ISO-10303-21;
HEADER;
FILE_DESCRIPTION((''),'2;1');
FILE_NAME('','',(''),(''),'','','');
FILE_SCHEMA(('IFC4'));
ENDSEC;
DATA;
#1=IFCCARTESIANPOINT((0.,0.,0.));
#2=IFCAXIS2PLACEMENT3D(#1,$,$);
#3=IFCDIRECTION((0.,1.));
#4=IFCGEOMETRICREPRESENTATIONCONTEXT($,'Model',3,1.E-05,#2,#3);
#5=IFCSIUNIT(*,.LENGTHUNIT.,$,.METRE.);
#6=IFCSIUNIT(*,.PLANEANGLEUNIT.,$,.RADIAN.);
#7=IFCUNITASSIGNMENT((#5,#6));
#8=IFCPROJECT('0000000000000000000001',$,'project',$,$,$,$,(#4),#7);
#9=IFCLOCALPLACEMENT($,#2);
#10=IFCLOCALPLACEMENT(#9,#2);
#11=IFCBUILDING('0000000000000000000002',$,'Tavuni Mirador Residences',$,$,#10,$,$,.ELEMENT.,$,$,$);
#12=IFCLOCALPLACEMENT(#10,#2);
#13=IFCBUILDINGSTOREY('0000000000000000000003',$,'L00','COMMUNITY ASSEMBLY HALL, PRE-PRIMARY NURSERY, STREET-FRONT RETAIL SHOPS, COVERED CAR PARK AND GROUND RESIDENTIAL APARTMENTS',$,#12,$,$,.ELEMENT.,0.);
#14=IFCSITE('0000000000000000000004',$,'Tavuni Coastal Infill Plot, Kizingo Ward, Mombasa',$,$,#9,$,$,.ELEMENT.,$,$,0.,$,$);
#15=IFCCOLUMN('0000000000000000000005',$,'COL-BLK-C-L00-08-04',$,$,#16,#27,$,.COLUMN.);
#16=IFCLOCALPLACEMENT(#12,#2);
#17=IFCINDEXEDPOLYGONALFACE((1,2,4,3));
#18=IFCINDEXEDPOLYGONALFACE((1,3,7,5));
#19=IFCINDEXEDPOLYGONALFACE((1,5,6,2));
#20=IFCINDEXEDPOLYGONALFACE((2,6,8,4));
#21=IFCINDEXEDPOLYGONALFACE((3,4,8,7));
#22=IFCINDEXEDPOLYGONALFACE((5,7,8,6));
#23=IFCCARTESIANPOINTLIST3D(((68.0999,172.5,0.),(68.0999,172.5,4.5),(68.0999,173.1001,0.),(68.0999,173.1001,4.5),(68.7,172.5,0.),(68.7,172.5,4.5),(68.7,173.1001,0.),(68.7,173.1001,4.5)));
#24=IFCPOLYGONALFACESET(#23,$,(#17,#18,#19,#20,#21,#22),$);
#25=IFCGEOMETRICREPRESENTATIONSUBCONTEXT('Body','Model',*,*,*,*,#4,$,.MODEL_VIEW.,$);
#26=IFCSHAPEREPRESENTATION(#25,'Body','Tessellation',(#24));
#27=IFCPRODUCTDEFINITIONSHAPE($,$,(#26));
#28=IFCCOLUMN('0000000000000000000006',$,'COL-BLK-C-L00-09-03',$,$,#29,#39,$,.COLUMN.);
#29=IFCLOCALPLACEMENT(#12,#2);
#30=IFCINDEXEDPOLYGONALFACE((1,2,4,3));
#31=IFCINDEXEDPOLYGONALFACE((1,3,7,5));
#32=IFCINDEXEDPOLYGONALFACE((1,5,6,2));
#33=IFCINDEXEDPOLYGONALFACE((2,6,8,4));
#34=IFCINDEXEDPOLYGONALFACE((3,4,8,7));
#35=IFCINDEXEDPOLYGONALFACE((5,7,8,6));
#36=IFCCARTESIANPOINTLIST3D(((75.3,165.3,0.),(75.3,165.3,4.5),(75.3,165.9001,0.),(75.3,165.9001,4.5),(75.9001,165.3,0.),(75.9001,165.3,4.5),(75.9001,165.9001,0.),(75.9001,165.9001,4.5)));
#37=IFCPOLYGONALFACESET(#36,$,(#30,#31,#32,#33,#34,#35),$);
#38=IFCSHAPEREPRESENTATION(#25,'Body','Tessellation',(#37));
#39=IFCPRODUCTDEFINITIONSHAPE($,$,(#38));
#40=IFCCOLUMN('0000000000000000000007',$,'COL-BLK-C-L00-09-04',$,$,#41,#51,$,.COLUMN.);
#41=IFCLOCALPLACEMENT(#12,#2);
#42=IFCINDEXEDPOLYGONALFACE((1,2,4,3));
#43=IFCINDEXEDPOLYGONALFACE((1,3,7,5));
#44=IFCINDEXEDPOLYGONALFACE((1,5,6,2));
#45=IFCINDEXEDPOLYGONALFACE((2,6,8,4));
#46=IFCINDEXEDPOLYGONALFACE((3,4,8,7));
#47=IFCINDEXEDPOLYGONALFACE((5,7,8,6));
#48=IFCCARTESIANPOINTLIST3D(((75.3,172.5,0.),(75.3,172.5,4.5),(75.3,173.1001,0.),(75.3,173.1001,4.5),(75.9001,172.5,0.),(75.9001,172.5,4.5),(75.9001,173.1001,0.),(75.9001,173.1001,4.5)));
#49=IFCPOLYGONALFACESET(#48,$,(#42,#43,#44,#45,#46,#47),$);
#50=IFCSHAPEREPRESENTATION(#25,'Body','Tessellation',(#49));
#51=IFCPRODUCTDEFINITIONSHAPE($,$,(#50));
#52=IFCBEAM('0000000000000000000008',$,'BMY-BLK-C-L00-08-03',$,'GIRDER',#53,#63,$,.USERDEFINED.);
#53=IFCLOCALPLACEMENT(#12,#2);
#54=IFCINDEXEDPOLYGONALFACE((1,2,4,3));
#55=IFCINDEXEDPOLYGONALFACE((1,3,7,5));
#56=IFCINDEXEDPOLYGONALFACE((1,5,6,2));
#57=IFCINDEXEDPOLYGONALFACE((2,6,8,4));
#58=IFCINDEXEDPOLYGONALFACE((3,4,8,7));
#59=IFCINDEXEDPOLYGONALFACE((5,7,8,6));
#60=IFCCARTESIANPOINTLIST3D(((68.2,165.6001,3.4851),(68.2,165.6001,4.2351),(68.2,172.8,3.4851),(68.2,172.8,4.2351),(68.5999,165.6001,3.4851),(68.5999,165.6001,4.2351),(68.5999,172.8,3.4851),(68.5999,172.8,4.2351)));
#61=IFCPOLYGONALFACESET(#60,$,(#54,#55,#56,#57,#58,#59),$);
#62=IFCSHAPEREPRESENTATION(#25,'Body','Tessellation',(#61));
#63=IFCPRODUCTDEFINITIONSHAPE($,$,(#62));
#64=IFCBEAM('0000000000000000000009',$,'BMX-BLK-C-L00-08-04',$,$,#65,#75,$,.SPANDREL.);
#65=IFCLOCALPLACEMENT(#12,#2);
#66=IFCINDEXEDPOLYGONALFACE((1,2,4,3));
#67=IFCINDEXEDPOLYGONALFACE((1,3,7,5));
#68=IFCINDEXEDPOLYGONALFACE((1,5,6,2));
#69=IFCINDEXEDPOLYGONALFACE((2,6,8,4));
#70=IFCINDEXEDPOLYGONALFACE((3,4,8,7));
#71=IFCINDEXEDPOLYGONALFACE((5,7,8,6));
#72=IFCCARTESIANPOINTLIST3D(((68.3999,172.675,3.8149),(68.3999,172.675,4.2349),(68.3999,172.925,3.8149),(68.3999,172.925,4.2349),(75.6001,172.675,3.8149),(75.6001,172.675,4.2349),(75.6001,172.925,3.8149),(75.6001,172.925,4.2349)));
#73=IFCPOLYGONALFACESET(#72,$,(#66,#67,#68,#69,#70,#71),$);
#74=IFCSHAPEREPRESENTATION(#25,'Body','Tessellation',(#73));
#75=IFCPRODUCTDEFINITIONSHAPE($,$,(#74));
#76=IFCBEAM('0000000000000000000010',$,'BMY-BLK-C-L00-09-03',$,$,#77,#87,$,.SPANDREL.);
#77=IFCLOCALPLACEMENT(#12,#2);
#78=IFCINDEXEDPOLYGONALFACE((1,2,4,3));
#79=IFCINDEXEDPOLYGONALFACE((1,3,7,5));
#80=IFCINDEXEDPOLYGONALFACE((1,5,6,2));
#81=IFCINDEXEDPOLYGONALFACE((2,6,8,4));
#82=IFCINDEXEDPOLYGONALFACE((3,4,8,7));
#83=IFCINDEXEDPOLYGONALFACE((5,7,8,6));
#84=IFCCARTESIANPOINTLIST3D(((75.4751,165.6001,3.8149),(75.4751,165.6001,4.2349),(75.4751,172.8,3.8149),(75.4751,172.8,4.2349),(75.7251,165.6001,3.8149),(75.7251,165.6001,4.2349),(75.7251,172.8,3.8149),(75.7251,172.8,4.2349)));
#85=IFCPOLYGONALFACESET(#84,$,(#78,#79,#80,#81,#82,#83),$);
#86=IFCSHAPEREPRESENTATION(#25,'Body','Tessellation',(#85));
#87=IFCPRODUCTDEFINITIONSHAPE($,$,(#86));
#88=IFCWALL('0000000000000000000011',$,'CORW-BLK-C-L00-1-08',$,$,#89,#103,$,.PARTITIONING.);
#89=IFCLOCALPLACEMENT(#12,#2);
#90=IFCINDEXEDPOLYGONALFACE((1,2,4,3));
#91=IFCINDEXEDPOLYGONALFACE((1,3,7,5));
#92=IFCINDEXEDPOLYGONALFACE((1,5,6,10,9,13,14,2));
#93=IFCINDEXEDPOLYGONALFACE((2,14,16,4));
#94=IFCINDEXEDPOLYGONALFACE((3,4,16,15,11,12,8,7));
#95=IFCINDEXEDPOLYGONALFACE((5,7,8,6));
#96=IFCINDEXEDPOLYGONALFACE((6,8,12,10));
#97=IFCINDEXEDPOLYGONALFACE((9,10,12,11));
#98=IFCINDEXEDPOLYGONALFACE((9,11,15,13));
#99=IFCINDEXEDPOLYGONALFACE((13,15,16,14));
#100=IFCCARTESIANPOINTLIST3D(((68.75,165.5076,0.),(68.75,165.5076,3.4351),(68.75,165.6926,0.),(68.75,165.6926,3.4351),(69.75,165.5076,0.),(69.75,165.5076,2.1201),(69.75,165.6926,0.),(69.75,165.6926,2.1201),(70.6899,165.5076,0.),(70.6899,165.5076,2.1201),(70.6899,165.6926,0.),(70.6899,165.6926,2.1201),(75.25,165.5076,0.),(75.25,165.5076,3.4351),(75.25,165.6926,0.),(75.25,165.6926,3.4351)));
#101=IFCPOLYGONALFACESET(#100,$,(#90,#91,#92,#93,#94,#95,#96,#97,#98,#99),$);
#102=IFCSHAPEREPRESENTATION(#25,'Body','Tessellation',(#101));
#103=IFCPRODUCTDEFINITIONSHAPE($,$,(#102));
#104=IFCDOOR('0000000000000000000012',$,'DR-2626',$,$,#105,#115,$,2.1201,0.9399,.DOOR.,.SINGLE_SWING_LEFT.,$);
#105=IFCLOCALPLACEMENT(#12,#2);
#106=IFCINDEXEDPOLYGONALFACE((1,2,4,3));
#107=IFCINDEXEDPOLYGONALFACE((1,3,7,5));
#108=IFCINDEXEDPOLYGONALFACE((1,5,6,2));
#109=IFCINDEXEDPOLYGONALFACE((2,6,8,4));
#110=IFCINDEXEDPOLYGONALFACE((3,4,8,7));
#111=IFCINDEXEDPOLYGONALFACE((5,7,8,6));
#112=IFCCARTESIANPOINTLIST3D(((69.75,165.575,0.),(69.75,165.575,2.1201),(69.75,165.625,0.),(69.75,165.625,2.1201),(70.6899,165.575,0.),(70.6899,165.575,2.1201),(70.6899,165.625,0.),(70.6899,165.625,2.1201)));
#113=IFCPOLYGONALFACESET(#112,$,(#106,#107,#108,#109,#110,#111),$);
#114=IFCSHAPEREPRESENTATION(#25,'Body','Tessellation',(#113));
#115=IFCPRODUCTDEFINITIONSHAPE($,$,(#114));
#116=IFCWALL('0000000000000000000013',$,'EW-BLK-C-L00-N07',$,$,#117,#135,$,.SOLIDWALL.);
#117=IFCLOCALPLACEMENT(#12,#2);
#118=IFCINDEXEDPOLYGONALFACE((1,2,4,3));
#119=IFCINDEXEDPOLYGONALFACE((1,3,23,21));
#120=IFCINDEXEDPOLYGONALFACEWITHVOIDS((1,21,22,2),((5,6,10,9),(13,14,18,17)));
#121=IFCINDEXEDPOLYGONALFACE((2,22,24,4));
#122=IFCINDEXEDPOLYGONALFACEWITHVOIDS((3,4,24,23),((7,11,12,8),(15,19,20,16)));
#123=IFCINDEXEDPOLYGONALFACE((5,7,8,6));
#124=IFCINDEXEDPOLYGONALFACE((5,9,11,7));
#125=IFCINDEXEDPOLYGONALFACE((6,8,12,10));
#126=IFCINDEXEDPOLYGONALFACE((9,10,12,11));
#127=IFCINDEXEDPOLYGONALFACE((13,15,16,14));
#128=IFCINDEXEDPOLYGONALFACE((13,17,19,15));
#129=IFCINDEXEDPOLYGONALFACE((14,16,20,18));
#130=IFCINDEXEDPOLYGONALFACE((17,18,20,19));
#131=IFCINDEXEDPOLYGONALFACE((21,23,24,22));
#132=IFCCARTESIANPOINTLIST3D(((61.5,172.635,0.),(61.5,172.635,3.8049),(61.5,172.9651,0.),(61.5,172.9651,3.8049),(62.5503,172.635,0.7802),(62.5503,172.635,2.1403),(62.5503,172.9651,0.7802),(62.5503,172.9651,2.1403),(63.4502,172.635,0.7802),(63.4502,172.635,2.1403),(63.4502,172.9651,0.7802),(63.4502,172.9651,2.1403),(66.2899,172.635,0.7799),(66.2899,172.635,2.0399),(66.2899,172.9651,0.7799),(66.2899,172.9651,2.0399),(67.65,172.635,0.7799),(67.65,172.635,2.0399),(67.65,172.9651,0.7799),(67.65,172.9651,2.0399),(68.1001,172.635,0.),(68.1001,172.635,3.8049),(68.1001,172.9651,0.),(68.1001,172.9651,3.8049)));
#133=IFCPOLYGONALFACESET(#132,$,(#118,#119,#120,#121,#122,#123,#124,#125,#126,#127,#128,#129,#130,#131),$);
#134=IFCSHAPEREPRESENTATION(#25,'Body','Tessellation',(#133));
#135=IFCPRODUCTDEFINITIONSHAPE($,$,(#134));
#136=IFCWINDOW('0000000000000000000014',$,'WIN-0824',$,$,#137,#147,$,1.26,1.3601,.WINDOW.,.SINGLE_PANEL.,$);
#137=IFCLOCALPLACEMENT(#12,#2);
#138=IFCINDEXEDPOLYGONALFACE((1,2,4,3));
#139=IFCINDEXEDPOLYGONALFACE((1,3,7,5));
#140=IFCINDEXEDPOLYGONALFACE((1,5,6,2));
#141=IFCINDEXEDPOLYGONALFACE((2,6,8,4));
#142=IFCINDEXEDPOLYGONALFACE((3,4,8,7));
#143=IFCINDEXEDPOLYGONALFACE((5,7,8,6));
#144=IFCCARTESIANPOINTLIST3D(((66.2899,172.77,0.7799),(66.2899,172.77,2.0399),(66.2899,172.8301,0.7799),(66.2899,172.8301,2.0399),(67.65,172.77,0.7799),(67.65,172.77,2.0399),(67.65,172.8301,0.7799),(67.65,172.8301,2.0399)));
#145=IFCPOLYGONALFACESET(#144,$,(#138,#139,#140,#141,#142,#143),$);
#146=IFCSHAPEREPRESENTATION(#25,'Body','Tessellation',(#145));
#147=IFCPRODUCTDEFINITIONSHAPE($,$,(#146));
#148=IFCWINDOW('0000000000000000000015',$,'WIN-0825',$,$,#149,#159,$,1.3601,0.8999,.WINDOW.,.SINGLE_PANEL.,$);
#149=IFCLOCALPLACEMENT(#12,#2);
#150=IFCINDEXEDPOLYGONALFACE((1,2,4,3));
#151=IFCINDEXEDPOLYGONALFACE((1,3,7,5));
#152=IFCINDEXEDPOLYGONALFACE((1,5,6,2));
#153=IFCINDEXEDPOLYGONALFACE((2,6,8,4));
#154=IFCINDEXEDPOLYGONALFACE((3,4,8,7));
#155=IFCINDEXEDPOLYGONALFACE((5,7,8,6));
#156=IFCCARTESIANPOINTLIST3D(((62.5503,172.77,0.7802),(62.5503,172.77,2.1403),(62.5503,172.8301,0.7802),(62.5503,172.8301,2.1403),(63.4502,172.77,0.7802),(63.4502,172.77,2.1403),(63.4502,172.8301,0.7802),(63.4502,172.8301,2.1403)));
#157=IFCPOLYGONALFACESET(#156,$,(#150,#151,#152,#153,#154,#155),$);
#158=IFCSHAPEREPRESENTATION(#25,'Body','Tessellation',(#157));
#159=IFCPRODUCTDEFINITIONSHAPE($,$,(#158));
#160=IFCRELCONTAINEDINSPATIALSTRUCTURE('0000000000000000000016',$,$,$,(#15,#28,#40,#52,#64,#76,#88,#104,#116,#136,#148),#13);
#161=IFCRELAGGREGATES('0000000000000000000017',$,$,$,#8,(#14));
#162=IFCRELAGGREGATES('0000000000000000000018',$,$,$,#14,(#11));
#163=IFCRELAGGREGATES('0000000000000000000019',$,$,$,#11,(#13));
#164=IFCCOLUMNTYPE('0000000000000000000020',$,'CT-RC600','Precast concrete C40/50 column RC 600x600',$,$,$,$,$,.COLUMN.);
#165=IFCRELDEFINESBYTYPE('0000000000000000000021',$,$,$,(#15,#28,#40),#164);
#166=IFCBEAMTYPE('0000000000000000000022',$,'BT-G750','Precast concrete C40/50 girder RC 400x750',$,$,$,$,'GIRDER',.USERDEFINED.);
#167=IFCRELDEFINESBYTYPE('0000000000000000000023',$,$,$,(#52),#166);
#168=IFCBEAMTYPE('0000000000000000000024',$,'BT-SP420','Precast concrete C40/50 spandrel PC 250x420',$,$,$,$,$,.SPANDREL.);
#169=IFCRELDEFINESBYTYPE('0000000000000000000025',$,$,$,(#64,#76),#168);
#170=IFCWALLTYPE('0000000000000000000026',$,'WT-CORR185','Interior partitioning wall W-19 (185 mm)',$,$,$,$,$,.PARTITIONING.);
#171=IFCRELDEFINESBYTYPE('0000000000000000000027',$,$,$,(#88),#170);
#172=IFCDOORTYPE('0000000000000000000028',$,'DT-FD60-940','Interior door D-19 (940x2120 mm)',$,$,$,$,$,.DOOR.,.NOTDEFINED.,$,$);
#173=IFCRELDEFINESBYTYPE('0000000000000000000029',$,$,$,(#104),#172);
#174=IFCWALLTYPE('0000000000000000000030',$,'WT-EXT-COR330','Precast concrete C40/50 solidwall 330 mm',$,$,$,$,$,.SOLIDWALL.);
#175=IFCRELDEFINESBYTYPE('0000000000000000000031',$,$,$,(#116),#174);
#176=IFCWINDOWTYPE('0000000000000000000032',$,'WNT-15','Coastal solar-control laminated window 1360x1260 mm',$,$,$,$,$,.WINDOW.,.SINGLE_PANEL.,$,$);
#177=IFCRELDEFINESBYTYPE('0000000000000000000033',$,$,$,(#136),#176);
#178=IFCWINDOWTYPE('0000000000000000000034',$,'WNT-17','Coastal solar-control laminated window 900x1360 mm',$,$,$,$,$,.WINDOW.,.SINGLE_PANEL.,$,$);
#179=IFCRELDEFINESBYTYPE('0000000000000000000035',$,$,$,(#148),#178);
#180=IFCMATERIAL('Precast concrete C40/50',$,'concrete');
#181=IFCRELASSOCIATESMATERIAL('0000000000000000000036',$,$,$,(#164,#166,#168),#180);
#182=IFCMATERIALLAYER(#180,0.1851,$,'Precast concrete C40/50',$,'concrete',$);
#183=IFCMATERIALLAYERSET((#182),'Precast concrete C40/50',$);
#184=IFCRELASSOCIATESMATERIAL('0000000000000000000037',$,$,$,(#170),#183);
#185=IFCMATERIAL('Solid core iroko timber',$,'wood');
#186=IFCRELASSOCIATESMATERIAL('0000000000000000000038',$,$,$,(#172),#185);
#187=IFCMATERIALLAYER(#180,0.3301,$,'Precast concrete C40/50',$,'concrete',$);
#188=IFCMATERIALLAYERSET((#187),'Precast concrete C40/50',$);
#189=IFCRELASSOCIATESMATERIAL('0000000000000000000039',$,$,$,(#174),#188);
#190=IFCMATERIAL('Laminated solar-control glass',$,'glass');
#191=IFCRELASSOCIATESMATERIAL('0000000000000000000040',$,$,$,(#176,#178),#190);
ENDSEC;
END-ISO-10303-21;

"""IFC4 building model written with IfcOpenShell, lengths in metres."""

from ifc_helpers import new_model, si_unit, direction, frame, frame_2d, origin, origin_2d, place, context, subcontext, project, spatial, rectangle, extrude, material, layer, layer_set, material_profile, profile_set, type_object, element, fill, save


model = new_model("IFC4")

# Units and contexts
model_context = context("Model", 3, precision=1e-05, world=origin(), true_north=direction((0.0, 1.0)))
body_context = subcontext(model_context, "Body", "Model", "MODEL_VIEW")
ifc_project = project(units=[si_unit("LENGTHUNIT", "METRE"), si_unit("PLANEANGLEUNIT", "RADIAN")], contexts=[model_context])

# Site, building, storey
site_placement = place(None, origin())
site = spatial("IfcSite", under=ifc_project, at=site_placement, Name="Tavuni Coastal Infill Plot, Kizingo Ward, Mombasa", CompositionType="ELEMENT", RefElevation=0.0)
building_placement = place(site_placement, origin())
building = spatial("IfcBuilding", under=site, at=building_placement, Name="Tavuni Mirador Residences", CompositionType="ELEMENT")
storey_placement = place(building_placement, origin())
storey = spatial("IfcBuildingStorey", under=building, at=storey_placement, Name="L00", Description="COMMUNITY ASSEMBLY HALL, PRE-PRIMARY NURSERY, STREET-FRONT RETAIL SHOPS, COVERED CAR PARK AND GROUND RESIDENTIAL APARTMENTS", CompositionType="ELEMENT", Elevation=0.0)

# Columns
ifc_material_1 = material(Name="Precast concrete C40/50", Category="concrete")
ifc_material_profile_1 = material_profile(ifc_material_1, rectangle(XDim=0.6001, YDim=0.6001, at=origin_2d()), Name="RC 600x600", Category="concrete")
ifc_profile_set_1 = profile_set([ifc_material_profile_1], Name="Precast concrete C40/50")
column_type = type_object("IfcColumnType", Name="CT-RC600", Description="Precast concrete C40/50 column RC 600x600", PredefinedType="COLUMN", material=ifc_profile_set_1)
for number, where, z_axis, x_axis, name in (
    (1, (68.3999, 172.8, 0.0), (0.0, 0.0, 1.0), (1.0, 0.0, 0.0), "COL-BLK-C-L00-08-04"),
    (2, (75.6001, 165.6001, 0.0), (0.0, 0.0, 1.0), (1.0, 0.0, 0.0), "COL-BLK-C-L00-09-03"),
    (3, (75.6001, 172.8, 0.0), (0.0, 0.0, 1.0), (1.0, 0.0, 0.0), "COL-BLK-C-L00-09-04"),
):
    element("IfcColumn", number, at=place(storey_placement, frame(where, z_axis=z_axis, x_axis=x_axis)), inside=storey, type_object=column_type, Name=name, PredefinedType="COLUMN", context=body_context, shape_type="SweptSolid", body=[
        extrude(rectangle(XDim=0.6001, YDim=0.6001, at=origin_2d()), origin(), (0.0, 0.0, 1.0), 4.5),
    ])

# Beams
ifc_material_profile_2 = material_profile(ifc_material_1, rectangle(XDim=0.3999, YDim=0.75, at=origin_2d()), Name="RC 400x750", Category="concrete")
ifc_profile_set_2 = profile_set([ifc_material_profile_2], Name="Precast concrete C40/50")
beam_type_1 = type_object("IfcBeamType", Name="BT-G750", Description="Precast concrete C40/50 girder RC 400x750", ElementType="GIRDER", PredefinedType="USERDEFINED", material=ifc_profile_set_2)
beam_1_placement = place(storey_placement, frame((68.3999, 165.6001, 3.8601), z_axis=(0.0, 1.0, 0.0), x_axis=(-1.0, 0.0, 0.0)))
element("IfcBeam", 4, at=beam_1_placement, inside=storey, type_object=beam_type_1, Name="BMY-BLK-C-L00-08-03", ObjectType="GIRDER", PredefinedType="USERDEFINED", context=body_context, shape_type="SweptSolid", body=[
    extrude(rectangle(XDim=0.3999, YDim=0.75, at=origin_2d()), origin(), (0.0, 0.0, 1.0), 7.2),
])
ifc_material_profile_3 = material_profile(ifc_material_1, rectangle(XDim=0.25, YDim=0.4199, at=origin_2d()), Name="PC 250x420", Category="concrete")
ifc_profile_set_3 = profile_set([ifc_material_profile_3], Name="Precast concrete C40/50")
beam_type_2 = type_object("IfcBeamType", Name="BT-SP420", Description="Precast concrete C40/50 spandrel PC 250x420", PredefinedType="SPANDREL", material=ifc_profile_set_3)
beam_2_placement = place(storey_placement, frame((68.3999, 172.8, 4.0249), z_axis=(1.0, 0.0, 0.0), x_axis=(0.0, 1.0, 0.0)))
element("IfcBeam", 5, at=beam_2_placement, inside=storey, type_object=beam_type_2, Name="BMX-BLK-C-L00-08-04", PredefinedType="SPANDREL", context=body_context, shape_type="SweptSolid", body=[
    extrude(rectangle(XDim=0.25, YDim=0.4199, at=origin_2d()), origin(), (0.0, 0.0, 1.0), 7.2002),
])
beam_3_placement = place(storey_placement, frame((75.6001, 165.6001, 4.0249), z_axis=(0.0, 1.0, 0.0), x_axis=(-1.0, 0.0, 0.0)))
element("IfcBeam", 6, at=beam_3_placement, inside=storey, type_object=beam_type_2, Name="BMY-BLK-C-L00-09-03", PredefinedType="SPANDREL", context=body_context, shape_type="SweptSolid", body=[
    extrude(rectangle(XDim=0.25, YDim=0.4199, at=origin_2d()), origin(), (0.0, 0.0, 1.0), 7.2),
])

# Wall, opening, door
ifc_layer_1 = layer(ifc_material_1, 0.1851, Name="Precast concrete C40/50", Category="concrete")
ifc_layer_set_1 = layer_set([ifc_layer_1], Name="Precast concrete C40/50")
wall_type_1 = type_object("IfcWallType", Name="WT-CORR185", Description="Interior partitioning wall W-19 (185 mm)", PredefinedType="PARTITIONING", material=ifc_layer_set_1)
wall_1_placement = place(storey_placement, frame((68.75, 165.6001, 0.0), z_axis=(0.0, 0.0, 1.0), x_axis=(1.0, 0.0, 0.0)))
wall_1 = element("IfcWall", 7, at=wall_1_placement, inside=storey, type_object=wall_type_1, Name="CORW-BLK-C-L00-1-08", PredefinedType="PARTITIONING", context=body_context, shape_type="SweptSolid", body=[
    extrude(rectangle(XDim=6.5, YDim=0.1851, at=frame_2d((3.25, 0.0))), origin(), (0.0, 0.0, 1.0), 3.4351),
])
opening_1_placement = place(wall_1_placement, frame((1.0, 0.0, 0.0)))
opening_1 = element("IfcOpeningElement", 8, at=opening_1_placement, cuts=wall_1, PredefinedType="OPENING", context=body_context, shape_type="SweptSolid", body=[
    extrude(rectangle(XDim=0.9399, YDim=2.1201, at=frame_2d((0.47, 1.0601))), frame((0.0, 0.1025, 0.0), z_axis=(0.0, -1.0, 0.0), x_axis=(1.0, 0.0, 0.0)), (0.0, 0.0, 1.0), 0.2051),
])
ifc_material_2 = material(Name="Solid core iroko timber", Category="wood")
door_type_1 = type_object("IfcDoorType", Name="DT-FD60-940", Description="Interior door D-19 (940x2120 mm)", OperationType="NOTDEFINED", PredefinedType="DOOR", material=ifc_material_2)
door_1_placement = place(opening_1_placement, origin())
door_1 = element("IfcDoor", 9, at=door_1_placement, inside=storey, type_object=door_type_1, Name="DR-2626", OperationType="SINGLE_SWING_LEFT", OverallHeight=2.1201, OverallWidth=0.9399, PredefinedType="DOOR", context=body_context, shape_type="SweptSolid", body=[
    extrude(rectangle(XDim=0.9399, YDim=2.1201, at=frame_2d((0.47, 1.0601))), frame((0.0, 0.0249, 0.0), z_axis=(0.0, -1.0, 0.0), x_axis=(1.0, 0.0, 0.0)), (0.0, 0.0, 1.0), 0.05),
])
fill(opening_1, door_1)

# Wall, openings, windows
ifc_layer_2 = layer(ifc_material_1, 0.3301, Name="Precast concrete C40/50", Category="concrete")
ifc_layer_set_2 = layer_set([ifc_layer_2], Name="Precast concrete C40/50")
wall_type_2 = type_object("IfcWallType", Name="WT-EXT-COR330", Description="Precast concrete C40/50 solidwall 330 mm", PredefinedType="SOLIDWALL", material=ifc_layer_set_2)
wall_2_placement = place(storey_placement, frame((68.1001, 172.8, 0.0), z_axis=(0.0, 0.0, 1.0), x_axis=(-1.0, 0.0, 0.0)))
wall_2 = element("IfcWall", 10, at=wall_2_placement, inside=storey, type_object=wall_type_2, Name="EW-BLK-C-L00-N07", PredefinedType="SOLIDWALL", context=body_context, shape_type="SweptSolid", body=[
    extrude(rectangle(XDim=6.6001, YDim=0.3301, at=frame_2d((3.3, 0.0))), origin(), (0.0, 0.0, 1.0), 3.8049),
])
opening_2_placement = place(wall_2_placement, frame((0.45, 0.0, 0.78)))
opening_2 = element("IfcOpeningElement", 11, at=opening_2_placement, cuts=wall_2, PredefinedType="OPENING", context=body_context, shape_type="SweptSolid", body=[
    extrude(rectangle(XDim=1.3601, YDim=1.26, at=frame_2d((0.6802, 0.6299))), frame((0.0, 0.175, 0.0), z_axis=(0.0, -1.0, 0.0), x_axis=(1.0, 0.0, 0.0)), (0.0, 0.0, 1.0), 0.3501),
])
opening_3_placement = place(wall_2_placement, frame((4.6499, 0.0, 0.78)))
opening_3 = element("IfcOpeningElement", 12, at=opening_3_placement, cuts=wall_2, PredefinedType="OPENING", context=body_context, shape_type="SweptSolid", body=[
    extrude(rectangle(XDim=0.8999, YDim=1.3601, at=frame_2d((0.45, 0.6802))), frame((0.0, 0.175, 0.0), z_axis=(0.0, -1.0, 0.0), x_axis=(1.0, 0.0, 0.0)), (0.0, 0.0, 1.0), 0.3501),
])
ifc_material_3 = material(Name="Laminated solar-control glass", Category="glass")
window_type_1 = type_object("IfcWindowType", Name="WNT-15", Description="Coastal solar-control laminated window 1360x1260 mm", PartitioningType="SINGLE_PANEL", PredefinedType="WINDOW", material=ifc_material_3)
window_1_placement = place(opening_2_placement, origin())
window_1 = element("IfcWindow", 13, at=window_1_placement, inside=storey, type_object=window_type_1, Name="WIN-0824", OverallHeight=1.26, OverallWidth=1.3601, PartitioningType="SINGLE_PANEL", PredefinedType="WINDOW", context=body_context, shape_type="SweptSolid", body=[
    extrude(rectangle(XDim=1.3601, YDim=1.26, at=frame_2d((0.6802, 0.6299))), frame((0.0, 0.03, 0.0), z_axis=(0.0, -1.0, 0.0), x_axis=(1.0, 0.0, 0.0)), (0.0, 0.0, 1.0), 0.0601),
])
fill(opening_2, window_1)
window_type_2 = type_object("IfcWindowType", Name="WNT-17", Description="Coastal solar-control laminated window 900x1360 mm", PartitioningType="SINGLE_PANEL", PredefinedType="WINDOW", material=ifc_material_3)
window_2_placement = place(opening_3_placement, origin())
window_2 = element("IfcWindow", 14, at=window_2_placement, inside=storey, type_object=window_type_2, Name="WIN-0825", OverallHeight=1.3601, OverallWidth=0.8999, PartitioningType="SINGLE_PANEL", PredefinedType="WINDOW", context=body_context, shape_type="SweptSolid", body=[
    extrude(rectangle(XDim=0.8999, YDim=1.3601, at=frame_2d((0.45, 0.6802))), frame((0.0, 0.03, 0.0), z_axis=(0.0, -1.0, 0.0), x_axis=(1.0, 0.0, 0.0)), (0.0, 0.0, 1.0), 0.0601),
])
fill(opening_3, window_2)

save(model, "model.ifc")
